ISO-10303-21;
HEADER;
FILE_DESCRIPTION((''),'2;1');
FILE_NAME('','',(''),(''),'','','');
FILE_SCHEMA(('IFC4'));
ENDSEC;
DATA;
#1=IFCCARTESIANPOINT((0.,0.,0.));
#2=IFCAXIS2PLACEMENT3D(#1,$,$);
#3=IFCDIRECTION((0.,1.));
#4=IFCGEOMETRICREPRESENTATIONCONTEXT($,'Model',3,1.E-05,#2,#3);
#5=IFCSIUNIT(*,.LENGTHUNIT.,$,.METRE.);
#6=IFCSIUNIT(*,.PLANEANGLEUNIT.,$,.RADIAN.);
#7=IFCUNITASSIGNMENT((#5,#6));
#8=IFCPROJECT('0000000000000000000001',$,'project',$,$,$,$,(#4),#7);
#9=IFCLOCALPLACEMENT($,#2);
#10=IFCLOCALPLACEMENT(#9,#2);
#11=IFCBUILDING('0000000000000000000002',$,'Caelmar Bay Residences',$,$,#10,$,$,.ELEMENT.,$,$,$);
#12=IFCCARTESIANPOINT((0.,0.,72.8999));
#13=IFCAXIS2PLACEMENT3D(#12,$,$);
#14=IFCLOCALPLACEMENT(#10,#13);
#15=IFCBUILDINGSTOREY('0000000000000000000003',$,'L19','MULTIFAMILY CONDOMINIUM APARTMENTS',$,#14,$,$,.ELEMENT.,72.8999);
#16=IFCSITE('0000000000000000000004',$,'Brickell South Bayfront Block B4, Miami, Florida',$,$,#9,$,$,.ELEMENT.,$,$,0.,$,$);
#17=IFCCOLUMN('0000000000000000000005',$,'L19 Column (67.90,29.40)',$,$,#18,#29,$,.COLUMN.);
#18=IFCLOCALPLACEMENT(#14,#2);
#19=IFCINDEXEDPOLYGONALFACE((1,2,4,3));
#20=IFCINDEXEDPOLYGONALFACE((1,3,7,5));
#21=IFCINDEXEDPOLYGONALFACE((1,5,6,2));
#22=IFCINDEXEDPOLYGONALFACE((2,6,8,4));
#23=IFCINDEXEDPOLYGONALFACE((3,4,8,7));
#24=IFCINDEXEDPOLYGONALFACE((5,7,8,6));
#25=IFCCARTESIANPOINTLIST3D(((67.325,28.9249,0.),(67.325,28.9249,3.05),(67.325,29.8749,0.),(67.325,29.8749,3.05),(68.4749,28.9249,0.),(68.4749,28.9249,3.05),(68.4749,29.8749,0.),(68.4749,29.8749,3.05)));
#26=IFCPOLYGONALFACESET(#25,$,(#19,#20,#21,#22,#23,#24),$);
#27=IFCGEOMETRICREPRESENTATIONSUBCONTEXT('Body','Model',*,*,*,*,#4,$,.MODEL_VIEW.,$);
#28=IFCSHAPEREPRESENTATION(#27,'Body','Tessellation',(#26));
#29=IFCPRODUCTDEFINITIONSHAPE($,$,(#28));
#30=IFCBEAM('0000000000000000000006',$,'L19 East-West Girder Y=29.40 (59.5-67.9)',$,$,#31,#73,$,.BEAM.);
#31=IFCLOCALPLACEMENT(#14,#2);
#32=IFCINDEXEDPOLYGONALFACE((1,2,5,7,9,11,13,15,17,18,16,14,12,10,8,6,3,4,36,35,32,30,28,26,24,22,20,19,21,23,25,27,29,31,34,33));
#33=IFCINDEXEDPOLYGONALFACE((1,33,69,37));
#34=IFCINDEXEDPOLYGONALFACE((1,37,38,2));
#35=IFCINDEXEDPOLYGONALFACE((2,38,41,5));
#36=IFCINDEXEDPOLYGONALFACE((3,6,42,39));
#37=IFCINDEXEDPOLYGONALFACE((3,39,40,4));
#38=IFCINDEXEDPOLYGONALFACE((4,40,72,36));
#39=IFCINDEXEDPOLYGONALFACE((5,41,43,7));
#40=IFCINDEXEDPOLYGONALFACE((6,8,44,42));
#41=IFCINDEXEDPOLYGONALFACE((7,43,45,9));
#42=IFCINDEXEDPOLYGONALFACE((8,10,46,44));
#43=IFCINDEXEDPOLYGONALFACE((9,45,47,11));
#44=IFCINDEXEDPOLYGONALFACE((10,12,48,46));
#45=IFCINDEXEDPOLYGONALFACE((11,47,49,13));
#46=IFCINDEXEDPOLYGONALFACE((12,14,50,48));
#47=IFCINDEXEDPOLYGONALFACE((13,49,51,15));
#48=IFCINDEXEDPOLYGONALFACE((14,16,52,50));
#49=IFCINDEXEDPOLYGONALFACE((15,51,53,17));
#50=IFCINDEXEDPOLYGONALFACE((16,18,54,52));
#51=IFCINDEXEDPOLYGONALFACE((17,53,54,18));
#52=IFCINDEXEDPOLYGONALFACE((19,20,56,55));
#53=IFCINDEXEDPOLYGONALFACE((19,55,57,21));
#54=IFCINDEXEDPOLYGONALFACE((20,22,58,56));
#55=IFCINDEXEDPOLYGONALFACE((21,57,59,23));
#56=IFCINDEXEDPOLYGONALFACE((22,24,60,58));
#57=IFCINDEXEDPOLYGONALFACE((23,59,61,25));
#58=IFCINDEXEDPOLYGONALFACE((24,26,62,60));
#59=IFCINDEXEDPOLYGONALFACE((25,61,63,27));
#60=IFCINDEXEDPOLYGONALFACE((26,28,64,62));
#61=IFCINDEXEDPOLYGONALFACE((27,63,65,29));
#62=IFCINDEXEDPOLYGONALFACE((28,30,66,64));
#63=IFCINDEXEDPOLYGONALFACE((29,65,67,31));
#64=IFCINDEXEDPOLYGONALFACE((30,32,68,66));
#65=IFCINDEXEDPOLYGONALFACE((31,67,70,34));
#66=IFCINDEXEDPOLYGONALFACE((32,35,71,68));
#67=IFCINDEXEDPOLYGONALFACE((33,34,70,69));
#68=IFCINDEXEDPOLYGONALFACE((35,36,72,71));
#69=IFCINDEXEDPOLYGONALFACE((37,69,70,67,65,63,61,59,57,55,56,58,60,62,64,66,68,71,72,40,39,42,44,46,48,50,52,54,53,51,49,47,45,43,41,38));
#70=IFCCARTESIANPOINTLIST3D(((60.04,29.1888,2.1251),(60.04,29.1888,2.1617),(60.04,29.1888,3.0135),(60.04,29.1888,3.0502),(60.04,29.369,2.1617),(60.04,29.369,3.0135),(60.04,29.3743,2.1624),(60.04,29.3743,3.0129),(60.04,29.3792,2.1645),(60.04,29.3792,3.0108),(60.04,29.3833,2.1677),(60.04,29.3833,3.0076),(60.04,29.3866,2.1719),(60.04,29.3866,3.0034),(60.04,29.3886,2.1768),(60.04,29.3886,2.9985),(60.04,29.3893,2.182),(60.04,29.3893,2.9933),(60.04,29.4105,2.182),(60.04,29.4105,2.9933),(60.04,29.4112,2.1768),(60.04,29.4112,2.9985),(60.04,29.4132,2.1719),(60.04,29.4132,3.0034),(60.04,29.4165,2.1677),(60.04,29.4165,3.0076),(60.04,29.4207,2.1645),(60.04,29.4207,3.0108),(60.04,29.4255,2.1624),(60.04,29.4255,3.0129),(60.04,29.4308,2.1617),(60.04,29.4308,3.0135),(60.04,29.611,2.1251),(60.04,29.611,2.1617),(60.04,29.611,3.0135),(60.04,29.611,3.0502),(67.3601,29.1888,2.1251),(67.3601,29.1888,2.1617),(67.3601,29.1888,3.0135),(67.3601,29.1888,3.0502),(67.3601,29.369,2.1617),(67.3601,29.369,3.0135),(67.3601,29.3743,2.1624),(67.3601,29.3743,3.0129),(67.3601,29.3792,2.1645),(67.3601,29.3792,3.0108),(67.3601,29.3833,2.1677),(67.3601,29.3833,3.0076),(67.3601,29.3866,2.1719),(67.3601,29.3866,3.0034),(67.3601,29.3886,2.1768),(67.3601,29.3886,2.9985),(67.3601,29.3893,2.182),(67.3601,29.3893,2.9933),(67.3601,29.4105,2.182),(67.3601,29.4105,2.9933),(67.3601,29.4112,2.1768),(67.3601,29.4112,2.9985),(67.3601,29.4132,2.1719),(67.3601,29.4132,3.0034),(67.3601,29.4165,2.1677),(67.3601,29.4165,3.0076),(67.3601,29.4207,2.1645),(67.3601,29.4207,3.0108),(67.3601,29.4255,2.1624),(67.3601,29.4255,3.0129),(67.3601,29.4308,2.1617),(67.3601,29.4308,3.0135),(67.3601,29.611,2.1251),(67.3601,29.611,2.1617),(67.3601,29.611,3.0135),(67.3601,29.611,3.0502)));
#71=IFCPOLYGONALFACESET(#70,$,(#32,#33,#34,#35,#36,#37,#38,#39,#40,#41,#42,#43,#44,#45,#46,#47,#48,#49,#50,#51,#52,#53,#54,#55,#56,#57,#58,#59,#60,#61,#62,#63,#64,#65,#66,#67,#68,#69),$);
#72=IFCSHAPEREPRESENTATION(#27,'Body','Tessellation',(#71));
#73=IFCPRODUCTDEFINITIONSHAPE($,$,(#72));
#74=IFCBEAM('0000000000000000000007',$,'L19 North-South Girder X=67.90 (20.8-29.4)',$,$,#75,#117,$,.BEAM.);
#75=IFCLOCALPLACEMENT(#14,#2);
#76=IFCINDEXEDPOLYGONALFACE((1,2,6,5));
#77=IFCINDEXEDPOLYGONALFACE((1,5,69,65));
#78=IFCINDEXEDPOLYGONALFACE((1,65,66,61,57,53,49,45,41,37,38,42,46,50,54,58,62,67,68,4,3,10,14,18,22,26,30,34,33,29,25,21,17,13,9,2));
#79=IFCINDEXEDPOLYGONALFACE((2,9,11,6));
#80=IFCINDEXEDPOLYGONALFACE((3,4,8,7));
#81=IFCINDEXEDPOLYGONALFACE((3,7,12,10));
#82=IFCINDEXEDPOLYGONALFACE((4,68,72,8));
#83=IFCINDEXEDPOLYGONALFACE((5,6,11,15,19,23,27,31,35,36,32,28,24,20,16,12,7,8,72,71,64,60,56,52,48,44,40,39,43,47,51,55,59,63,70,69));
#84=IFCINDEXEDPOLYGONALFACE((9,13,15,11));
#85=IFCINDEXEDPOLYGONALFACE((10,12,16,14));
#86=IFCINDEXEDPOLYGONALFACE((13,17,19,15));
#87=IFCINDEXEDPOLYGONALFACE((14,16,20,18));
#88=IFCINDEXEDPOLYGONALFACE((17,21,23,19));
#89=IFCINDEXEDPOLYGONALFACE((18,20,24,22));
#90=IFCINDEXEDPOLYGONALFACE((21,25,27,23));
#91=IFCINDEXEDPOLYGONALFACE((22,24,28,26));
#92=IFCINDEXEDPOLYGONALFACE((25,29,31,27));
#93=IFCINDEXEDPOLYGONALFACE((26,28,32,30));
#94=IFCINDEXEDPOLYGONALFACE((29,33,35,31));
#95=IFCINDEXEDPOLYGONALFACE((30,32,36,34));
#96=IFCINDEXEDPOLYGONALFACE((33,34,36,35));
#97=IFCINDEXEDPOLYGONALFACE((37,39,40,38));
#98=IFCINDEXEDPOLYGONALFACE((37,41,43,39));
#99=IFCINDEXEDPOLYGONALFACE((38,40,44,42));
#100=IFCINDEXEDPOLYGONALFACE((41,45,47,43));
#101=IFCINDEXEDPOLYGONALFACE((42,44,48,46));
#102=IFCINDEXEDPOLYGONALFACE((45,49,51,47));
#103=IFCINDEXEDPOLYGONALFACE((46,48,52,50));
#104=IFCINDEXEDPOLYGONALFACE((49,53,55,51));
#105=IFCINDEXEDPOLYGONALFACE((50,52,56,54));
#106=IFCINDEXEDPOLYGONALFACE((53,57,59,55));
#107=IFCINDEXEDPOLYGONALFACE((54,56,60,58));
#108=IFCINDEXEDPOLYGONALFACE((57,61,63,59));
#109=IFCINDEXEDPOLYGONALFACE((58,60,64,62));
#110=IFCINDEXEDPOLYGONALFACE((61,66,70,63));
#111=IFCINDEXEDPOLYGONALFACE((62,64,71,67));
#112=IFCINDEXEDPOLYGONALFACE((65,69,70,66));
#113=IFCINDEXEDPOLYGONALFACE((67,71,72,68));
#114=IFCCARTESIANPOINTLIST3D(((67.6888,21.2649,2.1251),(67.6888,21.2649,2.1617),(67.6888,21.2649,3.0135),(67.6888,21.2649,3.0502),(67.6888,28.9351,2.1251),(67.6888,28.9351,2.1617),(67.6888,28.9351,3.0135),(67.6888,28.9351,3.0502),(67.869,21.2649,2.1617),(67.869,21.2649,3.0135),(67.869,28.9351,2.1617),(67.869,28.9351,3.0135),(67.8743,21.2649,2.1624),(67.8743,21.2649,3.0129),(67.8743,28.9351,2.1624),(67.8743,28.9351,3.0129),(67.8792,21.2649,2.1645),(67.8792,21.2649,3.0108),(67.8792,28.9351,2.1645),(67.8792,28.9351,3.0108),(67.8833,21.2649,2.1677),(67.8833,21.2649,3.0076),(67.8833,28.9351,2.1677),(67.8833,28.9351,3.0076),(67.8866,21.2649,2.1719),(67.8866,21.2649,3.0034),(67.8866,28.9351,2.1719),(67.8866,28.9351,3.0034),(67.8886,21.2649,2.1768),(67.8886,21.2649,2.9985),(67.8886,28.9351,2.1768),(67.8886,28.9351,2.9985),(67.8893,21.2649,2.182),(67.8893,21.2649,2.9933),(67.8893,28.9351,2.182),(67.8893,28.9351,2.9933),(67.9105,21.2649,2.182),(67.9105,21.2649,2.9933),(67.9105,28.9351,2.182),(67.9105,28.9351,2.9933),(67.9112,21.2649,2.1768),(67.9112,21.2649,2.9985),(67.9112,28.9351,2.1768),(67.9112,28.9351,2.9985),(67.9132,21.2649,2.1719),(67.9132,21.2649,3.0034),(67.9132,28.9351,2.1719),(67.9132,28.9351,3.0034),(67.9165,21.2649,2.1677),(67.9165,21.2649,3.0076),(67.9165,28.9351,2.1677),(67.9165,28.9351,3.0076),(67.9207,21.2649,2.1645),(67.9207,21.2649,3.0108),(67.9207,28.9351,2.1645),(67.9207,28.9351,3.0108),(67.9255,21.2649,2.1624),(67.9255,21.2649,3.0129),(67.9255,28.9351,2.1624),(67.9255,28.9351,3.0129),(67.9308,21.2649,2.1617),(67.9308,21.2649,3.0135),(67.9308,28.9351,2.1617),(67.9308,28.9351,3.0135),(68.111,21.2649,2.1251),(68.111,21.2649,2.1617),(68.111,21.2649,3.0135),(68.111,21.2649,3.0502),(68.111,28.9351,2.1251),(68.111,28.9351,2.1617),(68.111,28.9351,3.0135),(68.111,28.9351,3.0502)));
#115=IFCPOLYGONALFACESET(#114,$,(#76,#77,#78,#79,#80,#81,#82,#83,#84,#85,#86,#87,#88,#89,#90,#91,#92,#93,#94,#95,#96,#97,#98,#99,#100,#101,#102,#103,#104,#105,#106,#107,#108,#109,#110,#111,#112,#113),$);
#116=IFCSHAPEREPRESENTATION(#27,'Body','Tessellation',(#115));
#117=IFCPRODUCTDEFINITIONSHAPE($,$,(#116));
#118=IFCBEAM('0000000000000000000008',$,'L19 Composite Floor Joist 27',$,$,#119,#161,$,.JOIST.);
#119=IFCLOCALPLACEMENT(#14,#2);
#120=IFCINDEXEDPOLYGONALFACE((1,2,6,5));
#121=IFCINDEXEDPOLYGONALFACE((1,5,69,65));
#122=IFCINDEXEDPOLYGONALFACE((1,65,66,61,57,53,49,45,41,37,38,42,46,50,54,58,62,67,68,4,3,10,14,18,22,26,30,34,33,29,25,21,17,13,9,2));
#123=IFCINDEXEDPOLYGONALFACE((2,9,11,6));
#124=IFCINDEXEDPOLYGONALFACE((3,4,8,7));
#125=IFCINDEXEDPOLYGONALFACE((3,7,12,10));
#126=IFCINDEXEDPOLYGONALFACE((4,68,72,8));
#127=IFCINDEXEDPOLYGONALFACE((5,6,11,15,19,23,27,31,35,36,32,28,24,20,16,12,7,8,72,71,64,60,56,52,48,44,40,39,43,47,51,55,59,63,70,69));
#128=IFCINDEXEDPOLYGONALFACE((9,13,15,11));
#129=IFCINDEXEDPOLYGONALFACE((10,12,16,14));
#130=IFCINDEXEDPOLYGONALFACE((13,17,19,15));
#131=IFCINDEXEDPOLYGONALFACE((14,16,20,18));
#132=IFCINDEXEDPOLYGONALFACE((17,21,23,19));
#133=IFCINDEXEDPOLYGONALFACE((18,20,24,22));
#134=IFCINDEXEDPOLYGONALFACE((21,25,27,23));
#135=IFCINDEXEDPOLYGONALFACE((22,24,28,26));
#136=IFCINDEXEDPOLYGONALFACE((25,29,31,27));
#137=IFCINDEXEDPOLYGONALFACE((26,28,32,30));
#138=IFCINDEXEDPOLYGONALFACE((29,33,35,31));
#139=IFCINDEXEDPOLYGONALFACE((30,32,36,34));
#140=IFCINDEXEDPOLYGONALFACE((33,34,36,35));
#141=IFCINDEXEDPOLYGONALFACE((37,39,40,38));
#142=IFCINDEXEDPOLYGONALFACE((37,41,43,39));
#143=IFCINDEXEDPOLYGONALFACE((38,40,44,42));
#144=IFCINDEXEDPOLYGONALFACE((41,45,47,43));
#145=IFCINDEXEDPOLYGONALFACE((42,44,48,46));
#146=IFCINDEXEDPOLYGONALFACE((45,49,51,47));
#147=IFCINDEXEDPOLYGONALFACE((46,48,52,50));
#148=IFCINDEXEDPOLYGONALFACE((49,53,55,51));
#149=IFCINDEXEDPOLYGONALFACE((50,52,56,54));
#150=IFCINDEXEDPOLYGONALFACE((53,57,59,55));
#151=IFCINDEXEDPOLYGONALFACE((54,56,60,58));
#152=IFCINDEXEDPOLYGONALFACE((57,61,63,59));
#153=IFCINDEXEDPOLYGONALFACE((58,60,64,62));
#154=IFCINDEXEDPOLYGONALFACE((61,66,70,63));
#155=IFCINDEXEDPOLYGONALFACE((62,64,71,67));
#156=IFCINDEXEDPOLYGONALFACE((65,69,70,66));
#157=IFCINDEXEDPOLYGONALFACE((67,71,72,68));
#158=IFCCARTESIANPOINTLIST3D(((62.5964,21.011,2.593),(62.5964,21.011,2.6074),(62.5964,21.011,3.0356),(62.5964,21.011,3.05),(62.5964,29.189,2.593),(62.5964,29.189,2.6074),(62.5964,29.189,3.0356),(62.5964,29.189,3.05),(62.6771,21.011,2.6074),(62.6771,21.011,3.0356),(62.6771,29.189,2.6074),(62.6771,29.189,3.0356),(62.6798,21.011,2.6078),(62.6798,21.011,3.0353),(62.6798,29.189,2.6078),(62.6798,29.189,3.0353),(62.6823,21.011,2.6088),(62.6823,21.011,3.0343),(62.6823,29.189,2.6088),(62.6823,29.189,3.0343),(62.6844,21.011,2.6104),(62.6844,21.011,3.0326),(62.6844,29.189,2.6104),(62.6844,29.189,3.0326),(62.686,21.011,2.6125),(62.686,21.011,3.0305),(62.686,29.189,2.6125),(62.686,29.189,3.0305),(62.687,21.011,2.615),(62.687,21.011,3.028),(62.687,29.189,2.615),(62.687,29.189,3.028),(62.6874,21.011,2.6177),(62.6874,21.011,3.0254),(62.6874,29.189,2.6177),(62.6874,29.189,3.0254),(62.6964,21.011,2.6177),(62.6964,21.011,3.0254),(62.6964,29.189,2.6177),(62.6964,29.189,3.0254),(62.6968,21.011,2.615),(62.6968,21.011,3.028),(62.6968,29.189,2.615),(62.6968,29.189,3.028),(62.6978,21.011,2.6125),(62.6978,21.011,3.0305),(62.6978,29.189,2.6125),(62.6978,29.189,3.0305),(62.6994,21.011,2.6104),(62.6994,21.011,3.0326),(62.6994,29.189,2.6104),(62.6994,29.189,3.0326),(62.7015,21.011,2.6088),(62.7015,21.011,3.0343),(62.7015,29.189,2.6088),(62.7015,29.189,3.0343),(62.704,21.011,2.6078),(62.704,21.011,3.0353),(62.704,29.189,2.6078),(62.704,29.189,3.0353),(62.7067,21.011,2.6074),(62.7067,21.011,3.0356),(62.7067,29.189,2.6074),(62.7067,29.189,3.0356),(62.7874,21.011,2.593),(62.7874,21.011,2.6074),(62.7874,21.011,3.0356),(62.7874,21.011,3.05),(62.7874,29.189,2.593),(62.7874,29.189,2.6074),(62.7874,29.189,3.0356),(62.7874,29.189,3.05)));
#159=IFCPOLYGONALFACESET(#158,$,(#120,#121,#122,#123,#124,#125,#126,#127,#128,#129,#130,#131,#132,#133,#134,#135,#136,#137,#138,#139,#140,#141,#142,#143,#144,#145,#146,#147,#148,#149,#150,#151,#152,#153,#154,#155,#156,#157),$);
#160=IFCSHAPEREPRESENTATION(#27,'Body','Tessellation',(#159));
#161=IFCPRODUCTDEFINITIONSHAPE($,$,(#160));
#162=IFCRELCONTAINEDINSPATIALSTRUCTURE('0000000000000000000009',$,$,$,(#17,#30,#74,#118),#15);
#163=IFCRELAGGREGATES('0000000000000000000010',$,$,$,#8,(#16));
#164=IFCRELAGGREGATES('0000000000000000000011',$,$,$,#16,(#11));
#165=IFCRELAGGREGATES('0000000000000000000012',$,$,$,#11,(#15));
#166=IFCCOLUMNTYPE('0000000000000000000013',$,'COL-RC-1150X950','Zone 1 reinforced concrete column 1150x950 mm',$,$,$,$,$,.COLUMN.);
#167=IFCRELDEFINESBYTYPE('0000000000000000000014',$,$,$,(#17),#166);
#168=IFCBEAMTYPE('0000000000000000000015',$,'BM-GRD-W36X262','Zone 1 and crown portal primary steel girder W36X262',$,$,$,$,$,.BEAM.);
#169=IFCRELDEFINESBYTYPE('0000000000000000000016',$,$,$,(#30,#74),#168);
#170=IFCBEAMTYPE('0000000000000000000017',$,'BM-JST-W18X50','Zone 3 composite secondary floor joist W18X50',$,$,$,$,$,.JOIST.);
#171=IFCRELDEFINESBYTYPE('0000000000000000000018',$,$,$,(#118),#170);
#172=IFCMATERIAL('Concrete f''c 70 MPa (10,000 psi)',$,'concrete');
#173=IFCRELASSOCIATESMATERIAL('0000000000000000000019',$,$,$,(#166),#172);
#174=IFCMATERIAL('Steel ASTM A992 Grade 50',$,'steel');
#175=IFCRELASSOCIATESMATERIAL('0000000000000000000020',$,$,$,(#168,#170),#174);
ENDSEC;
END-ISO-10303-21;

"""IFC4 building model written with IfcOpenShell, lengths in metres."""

from ifc_helpers import new_model, si_unit, direction, frame, origin, origin_2d, place, context, subcontext, project, spatial, rectangle, i_section, extrude, material, material_profile, profile_set, type_object, element, save


model = new_model("IFC4")

# Units and contexts
model_context = context("Model", 3, precision=1e-05, world=origin(), true_north=direction((0.0, 1.0)))
body_context = subcontext(model_context, "Body", "Model", "MODEL_VIEW")
ifc_project = project(units=[si_unit("LENGTHUNIT", "METRE"), si_unit("PLANEANGLEUNIT", "RADIAN")], contexts=[model_context])

# Site, building, storey
site_placement = place(None, origin())
site = spatial("IfcSite", under=ifc_project, at=site_placement, Name="Brickell South Bayfront Block B4, Miami, Florida", CompositionType="ELEMENT", RefElevation=0.0)
building_placement = place(site_placement, origin())
building = spatial("IfcBuilding", under=site, at=building_placement, Name="Caelmar Bay Residences", CompositionType="ELEMENT")
storey_placement = place(building_placement, frame((0.0, 0.0, 72.8999)))
storey = spatial("IfcBuildingStorey", under=building, at=storey_placement, Name="L19", Description="MULTIFAMILY CONDOMINIUM APARTMENTS", CompositionType="ELEMENT", Elevation=72.8999)

# Column
ifc_material_1 = material(Name="Concrete f'c 70 MPa (10,000 psi)", Category="concrete")
ifc_material_profile_1 = material_profile(ifc_material_1, rectangle(XDim=1.1499, YDim=0.95, at=origin_2d()), Name="RC-COL-1150X950")
ifc_profile_set_1 = profile_set([ifc_material_profile_1], Name="Concrete f'c 70 MPa (10,000 psi)")
column_type = type_object("IfcColumnType", Name="COL-RC-1150X950", Description="Zone 1 reinforced concrete column 1150x950 mm", PredefinedType="COLUMN", material=ifc_profile_set_1)
column_placement = place(storey_placement, frame((67.8999, 29.3999, 0.0), z_axis=(0.0, 0.0, 1.0), x_axis=(1.0, 0.0, 0.0)))
element("IfcColumn", 1, at=column_placement, inside=storey, type_object=column_type, Name="L19 Column (67.90,29.40)", PredefinedType="COLUMN", context=body_context, shape_type="SweptSolid", body=[
    extrude(rectangle(XDim=1.1499, YDim=0.95, at=origin_2d()), origin(), (0.0, 0.0, 1.0), 3.05),
])

# Beams
ifc_material_2 = material(Name="Steel ASTM A992 Grade 50", Category="steel")
ifc_material_profile_2 = material_profile(ifc_material_2, i_section(OverallWidth=0.4221, OverallDepth=0.925, WebThickness=0.0212, FlangeThickness=0.0366, FilletRadius=0.0203, at=origin_2d()), Name="W36X262")
ifc_profile_set_2 = profile_set([ifc_material_profile_2], Name="Steel ASTM A992 Grade 50")
beam_type_1 = type_object("IfcBeamType", Name="BM-GRD-W36X262", Description="Zone 1 and crown portal primary steel girder W36X262", PredefinedType="BEAM", material=ifc_profile_set_2)
beam_1_placement = place(storey_placement, frame((60.04, 29.3999, 2.5876), z_axis=(1.0, 0.0, 0.0), x_axis=(0.0, 1.0, 0.0)))
element("IfcBeam", 2, at=beam_1_placement, inside=storey, type_object=beam_type_1, Name="L19 East-West Girder Y=29.40 (59.5-67.9)", PredefinedType="BEAM", context=body_context, shape_type="SweptSolid", body=[
    extrude(i_section(OverallWidth=0.4221, OverallDepth=0.925, WebThickness=0.0212, FlangeThickness=0.0366, FilletRadius=0.0203, at=origin_2d()), origin(), (0.0, 0.0, 1.0), 7.3201),
])
beam_2_placement = place(storey_placement, frame((67.8999, 21.2649, 2.5876), z_axis=(0.0, 1.0, 0.0), x_axis=(-1.0, 0.0, 0.0)))
element("IfcBeam", 3, at=beam_2_placement, inside=storey, type_object=beam_type_1, Name="L19 North-South Girder X=67.90 (20.8-29.4)", PredefinedType="BEAM", context=body_context, shape_type="SweptSolid", body=[
    extrude(i_section(OverallWidth=0.4221, OverallDepth=0.925, WebThickness=0.0212, FlangeThickness=0.0366, FilletRadius=0.0203, at=origin_2d()), origin(), (0.0, 0.0, 1.0), 7.6702),
])
ifc_material_profile_3 = material_profile(ifc_material_2, i_section(OverallWidth=0.1909, OverallDepth=0.457, WebThickness=0.009, FlangeThickness=0.0144, FilletRadius=0.0103, at=origin_2d()), Name="W18X50")
ifc_profile_set_3 = profile_set([ifc_material_profile_3], Name="Steel ASTM A992 Grade 50")
beam_type_2 = type_object("IfcBeamType", Name="BM-JST-W18X50", Description="Zone 3 composite secondary floor joist W18X50", PredefinedType="JOIST", material=ifc_profile_set_3)
beam_3_placement = place(storey_placement, frame((62.6919, 21.011, 2.8215), z_axis=(0.0, 1.0, 0.0), x_axis=(-1.0, 0.0, 0.0)))
element("IfcBeam", 4, at=beam_3_placement, inside=storey, type_object=beam_type_2, Name="L19 Composite Floor Joist 27", PredefinedType="JOIST", context=body_context, shape_type="SweptSolid", body=[
    extrude(i_section(OverallWidth=0.1909, OverallDepth=0.457, WebThickness=0.009, FlangeThickness=0.0144, FilletRadius=0.0103, at=origin_2d()), origin(), (0.0, 0.0, 1.0), 8.178),
])

save(model, "model.ifc")
